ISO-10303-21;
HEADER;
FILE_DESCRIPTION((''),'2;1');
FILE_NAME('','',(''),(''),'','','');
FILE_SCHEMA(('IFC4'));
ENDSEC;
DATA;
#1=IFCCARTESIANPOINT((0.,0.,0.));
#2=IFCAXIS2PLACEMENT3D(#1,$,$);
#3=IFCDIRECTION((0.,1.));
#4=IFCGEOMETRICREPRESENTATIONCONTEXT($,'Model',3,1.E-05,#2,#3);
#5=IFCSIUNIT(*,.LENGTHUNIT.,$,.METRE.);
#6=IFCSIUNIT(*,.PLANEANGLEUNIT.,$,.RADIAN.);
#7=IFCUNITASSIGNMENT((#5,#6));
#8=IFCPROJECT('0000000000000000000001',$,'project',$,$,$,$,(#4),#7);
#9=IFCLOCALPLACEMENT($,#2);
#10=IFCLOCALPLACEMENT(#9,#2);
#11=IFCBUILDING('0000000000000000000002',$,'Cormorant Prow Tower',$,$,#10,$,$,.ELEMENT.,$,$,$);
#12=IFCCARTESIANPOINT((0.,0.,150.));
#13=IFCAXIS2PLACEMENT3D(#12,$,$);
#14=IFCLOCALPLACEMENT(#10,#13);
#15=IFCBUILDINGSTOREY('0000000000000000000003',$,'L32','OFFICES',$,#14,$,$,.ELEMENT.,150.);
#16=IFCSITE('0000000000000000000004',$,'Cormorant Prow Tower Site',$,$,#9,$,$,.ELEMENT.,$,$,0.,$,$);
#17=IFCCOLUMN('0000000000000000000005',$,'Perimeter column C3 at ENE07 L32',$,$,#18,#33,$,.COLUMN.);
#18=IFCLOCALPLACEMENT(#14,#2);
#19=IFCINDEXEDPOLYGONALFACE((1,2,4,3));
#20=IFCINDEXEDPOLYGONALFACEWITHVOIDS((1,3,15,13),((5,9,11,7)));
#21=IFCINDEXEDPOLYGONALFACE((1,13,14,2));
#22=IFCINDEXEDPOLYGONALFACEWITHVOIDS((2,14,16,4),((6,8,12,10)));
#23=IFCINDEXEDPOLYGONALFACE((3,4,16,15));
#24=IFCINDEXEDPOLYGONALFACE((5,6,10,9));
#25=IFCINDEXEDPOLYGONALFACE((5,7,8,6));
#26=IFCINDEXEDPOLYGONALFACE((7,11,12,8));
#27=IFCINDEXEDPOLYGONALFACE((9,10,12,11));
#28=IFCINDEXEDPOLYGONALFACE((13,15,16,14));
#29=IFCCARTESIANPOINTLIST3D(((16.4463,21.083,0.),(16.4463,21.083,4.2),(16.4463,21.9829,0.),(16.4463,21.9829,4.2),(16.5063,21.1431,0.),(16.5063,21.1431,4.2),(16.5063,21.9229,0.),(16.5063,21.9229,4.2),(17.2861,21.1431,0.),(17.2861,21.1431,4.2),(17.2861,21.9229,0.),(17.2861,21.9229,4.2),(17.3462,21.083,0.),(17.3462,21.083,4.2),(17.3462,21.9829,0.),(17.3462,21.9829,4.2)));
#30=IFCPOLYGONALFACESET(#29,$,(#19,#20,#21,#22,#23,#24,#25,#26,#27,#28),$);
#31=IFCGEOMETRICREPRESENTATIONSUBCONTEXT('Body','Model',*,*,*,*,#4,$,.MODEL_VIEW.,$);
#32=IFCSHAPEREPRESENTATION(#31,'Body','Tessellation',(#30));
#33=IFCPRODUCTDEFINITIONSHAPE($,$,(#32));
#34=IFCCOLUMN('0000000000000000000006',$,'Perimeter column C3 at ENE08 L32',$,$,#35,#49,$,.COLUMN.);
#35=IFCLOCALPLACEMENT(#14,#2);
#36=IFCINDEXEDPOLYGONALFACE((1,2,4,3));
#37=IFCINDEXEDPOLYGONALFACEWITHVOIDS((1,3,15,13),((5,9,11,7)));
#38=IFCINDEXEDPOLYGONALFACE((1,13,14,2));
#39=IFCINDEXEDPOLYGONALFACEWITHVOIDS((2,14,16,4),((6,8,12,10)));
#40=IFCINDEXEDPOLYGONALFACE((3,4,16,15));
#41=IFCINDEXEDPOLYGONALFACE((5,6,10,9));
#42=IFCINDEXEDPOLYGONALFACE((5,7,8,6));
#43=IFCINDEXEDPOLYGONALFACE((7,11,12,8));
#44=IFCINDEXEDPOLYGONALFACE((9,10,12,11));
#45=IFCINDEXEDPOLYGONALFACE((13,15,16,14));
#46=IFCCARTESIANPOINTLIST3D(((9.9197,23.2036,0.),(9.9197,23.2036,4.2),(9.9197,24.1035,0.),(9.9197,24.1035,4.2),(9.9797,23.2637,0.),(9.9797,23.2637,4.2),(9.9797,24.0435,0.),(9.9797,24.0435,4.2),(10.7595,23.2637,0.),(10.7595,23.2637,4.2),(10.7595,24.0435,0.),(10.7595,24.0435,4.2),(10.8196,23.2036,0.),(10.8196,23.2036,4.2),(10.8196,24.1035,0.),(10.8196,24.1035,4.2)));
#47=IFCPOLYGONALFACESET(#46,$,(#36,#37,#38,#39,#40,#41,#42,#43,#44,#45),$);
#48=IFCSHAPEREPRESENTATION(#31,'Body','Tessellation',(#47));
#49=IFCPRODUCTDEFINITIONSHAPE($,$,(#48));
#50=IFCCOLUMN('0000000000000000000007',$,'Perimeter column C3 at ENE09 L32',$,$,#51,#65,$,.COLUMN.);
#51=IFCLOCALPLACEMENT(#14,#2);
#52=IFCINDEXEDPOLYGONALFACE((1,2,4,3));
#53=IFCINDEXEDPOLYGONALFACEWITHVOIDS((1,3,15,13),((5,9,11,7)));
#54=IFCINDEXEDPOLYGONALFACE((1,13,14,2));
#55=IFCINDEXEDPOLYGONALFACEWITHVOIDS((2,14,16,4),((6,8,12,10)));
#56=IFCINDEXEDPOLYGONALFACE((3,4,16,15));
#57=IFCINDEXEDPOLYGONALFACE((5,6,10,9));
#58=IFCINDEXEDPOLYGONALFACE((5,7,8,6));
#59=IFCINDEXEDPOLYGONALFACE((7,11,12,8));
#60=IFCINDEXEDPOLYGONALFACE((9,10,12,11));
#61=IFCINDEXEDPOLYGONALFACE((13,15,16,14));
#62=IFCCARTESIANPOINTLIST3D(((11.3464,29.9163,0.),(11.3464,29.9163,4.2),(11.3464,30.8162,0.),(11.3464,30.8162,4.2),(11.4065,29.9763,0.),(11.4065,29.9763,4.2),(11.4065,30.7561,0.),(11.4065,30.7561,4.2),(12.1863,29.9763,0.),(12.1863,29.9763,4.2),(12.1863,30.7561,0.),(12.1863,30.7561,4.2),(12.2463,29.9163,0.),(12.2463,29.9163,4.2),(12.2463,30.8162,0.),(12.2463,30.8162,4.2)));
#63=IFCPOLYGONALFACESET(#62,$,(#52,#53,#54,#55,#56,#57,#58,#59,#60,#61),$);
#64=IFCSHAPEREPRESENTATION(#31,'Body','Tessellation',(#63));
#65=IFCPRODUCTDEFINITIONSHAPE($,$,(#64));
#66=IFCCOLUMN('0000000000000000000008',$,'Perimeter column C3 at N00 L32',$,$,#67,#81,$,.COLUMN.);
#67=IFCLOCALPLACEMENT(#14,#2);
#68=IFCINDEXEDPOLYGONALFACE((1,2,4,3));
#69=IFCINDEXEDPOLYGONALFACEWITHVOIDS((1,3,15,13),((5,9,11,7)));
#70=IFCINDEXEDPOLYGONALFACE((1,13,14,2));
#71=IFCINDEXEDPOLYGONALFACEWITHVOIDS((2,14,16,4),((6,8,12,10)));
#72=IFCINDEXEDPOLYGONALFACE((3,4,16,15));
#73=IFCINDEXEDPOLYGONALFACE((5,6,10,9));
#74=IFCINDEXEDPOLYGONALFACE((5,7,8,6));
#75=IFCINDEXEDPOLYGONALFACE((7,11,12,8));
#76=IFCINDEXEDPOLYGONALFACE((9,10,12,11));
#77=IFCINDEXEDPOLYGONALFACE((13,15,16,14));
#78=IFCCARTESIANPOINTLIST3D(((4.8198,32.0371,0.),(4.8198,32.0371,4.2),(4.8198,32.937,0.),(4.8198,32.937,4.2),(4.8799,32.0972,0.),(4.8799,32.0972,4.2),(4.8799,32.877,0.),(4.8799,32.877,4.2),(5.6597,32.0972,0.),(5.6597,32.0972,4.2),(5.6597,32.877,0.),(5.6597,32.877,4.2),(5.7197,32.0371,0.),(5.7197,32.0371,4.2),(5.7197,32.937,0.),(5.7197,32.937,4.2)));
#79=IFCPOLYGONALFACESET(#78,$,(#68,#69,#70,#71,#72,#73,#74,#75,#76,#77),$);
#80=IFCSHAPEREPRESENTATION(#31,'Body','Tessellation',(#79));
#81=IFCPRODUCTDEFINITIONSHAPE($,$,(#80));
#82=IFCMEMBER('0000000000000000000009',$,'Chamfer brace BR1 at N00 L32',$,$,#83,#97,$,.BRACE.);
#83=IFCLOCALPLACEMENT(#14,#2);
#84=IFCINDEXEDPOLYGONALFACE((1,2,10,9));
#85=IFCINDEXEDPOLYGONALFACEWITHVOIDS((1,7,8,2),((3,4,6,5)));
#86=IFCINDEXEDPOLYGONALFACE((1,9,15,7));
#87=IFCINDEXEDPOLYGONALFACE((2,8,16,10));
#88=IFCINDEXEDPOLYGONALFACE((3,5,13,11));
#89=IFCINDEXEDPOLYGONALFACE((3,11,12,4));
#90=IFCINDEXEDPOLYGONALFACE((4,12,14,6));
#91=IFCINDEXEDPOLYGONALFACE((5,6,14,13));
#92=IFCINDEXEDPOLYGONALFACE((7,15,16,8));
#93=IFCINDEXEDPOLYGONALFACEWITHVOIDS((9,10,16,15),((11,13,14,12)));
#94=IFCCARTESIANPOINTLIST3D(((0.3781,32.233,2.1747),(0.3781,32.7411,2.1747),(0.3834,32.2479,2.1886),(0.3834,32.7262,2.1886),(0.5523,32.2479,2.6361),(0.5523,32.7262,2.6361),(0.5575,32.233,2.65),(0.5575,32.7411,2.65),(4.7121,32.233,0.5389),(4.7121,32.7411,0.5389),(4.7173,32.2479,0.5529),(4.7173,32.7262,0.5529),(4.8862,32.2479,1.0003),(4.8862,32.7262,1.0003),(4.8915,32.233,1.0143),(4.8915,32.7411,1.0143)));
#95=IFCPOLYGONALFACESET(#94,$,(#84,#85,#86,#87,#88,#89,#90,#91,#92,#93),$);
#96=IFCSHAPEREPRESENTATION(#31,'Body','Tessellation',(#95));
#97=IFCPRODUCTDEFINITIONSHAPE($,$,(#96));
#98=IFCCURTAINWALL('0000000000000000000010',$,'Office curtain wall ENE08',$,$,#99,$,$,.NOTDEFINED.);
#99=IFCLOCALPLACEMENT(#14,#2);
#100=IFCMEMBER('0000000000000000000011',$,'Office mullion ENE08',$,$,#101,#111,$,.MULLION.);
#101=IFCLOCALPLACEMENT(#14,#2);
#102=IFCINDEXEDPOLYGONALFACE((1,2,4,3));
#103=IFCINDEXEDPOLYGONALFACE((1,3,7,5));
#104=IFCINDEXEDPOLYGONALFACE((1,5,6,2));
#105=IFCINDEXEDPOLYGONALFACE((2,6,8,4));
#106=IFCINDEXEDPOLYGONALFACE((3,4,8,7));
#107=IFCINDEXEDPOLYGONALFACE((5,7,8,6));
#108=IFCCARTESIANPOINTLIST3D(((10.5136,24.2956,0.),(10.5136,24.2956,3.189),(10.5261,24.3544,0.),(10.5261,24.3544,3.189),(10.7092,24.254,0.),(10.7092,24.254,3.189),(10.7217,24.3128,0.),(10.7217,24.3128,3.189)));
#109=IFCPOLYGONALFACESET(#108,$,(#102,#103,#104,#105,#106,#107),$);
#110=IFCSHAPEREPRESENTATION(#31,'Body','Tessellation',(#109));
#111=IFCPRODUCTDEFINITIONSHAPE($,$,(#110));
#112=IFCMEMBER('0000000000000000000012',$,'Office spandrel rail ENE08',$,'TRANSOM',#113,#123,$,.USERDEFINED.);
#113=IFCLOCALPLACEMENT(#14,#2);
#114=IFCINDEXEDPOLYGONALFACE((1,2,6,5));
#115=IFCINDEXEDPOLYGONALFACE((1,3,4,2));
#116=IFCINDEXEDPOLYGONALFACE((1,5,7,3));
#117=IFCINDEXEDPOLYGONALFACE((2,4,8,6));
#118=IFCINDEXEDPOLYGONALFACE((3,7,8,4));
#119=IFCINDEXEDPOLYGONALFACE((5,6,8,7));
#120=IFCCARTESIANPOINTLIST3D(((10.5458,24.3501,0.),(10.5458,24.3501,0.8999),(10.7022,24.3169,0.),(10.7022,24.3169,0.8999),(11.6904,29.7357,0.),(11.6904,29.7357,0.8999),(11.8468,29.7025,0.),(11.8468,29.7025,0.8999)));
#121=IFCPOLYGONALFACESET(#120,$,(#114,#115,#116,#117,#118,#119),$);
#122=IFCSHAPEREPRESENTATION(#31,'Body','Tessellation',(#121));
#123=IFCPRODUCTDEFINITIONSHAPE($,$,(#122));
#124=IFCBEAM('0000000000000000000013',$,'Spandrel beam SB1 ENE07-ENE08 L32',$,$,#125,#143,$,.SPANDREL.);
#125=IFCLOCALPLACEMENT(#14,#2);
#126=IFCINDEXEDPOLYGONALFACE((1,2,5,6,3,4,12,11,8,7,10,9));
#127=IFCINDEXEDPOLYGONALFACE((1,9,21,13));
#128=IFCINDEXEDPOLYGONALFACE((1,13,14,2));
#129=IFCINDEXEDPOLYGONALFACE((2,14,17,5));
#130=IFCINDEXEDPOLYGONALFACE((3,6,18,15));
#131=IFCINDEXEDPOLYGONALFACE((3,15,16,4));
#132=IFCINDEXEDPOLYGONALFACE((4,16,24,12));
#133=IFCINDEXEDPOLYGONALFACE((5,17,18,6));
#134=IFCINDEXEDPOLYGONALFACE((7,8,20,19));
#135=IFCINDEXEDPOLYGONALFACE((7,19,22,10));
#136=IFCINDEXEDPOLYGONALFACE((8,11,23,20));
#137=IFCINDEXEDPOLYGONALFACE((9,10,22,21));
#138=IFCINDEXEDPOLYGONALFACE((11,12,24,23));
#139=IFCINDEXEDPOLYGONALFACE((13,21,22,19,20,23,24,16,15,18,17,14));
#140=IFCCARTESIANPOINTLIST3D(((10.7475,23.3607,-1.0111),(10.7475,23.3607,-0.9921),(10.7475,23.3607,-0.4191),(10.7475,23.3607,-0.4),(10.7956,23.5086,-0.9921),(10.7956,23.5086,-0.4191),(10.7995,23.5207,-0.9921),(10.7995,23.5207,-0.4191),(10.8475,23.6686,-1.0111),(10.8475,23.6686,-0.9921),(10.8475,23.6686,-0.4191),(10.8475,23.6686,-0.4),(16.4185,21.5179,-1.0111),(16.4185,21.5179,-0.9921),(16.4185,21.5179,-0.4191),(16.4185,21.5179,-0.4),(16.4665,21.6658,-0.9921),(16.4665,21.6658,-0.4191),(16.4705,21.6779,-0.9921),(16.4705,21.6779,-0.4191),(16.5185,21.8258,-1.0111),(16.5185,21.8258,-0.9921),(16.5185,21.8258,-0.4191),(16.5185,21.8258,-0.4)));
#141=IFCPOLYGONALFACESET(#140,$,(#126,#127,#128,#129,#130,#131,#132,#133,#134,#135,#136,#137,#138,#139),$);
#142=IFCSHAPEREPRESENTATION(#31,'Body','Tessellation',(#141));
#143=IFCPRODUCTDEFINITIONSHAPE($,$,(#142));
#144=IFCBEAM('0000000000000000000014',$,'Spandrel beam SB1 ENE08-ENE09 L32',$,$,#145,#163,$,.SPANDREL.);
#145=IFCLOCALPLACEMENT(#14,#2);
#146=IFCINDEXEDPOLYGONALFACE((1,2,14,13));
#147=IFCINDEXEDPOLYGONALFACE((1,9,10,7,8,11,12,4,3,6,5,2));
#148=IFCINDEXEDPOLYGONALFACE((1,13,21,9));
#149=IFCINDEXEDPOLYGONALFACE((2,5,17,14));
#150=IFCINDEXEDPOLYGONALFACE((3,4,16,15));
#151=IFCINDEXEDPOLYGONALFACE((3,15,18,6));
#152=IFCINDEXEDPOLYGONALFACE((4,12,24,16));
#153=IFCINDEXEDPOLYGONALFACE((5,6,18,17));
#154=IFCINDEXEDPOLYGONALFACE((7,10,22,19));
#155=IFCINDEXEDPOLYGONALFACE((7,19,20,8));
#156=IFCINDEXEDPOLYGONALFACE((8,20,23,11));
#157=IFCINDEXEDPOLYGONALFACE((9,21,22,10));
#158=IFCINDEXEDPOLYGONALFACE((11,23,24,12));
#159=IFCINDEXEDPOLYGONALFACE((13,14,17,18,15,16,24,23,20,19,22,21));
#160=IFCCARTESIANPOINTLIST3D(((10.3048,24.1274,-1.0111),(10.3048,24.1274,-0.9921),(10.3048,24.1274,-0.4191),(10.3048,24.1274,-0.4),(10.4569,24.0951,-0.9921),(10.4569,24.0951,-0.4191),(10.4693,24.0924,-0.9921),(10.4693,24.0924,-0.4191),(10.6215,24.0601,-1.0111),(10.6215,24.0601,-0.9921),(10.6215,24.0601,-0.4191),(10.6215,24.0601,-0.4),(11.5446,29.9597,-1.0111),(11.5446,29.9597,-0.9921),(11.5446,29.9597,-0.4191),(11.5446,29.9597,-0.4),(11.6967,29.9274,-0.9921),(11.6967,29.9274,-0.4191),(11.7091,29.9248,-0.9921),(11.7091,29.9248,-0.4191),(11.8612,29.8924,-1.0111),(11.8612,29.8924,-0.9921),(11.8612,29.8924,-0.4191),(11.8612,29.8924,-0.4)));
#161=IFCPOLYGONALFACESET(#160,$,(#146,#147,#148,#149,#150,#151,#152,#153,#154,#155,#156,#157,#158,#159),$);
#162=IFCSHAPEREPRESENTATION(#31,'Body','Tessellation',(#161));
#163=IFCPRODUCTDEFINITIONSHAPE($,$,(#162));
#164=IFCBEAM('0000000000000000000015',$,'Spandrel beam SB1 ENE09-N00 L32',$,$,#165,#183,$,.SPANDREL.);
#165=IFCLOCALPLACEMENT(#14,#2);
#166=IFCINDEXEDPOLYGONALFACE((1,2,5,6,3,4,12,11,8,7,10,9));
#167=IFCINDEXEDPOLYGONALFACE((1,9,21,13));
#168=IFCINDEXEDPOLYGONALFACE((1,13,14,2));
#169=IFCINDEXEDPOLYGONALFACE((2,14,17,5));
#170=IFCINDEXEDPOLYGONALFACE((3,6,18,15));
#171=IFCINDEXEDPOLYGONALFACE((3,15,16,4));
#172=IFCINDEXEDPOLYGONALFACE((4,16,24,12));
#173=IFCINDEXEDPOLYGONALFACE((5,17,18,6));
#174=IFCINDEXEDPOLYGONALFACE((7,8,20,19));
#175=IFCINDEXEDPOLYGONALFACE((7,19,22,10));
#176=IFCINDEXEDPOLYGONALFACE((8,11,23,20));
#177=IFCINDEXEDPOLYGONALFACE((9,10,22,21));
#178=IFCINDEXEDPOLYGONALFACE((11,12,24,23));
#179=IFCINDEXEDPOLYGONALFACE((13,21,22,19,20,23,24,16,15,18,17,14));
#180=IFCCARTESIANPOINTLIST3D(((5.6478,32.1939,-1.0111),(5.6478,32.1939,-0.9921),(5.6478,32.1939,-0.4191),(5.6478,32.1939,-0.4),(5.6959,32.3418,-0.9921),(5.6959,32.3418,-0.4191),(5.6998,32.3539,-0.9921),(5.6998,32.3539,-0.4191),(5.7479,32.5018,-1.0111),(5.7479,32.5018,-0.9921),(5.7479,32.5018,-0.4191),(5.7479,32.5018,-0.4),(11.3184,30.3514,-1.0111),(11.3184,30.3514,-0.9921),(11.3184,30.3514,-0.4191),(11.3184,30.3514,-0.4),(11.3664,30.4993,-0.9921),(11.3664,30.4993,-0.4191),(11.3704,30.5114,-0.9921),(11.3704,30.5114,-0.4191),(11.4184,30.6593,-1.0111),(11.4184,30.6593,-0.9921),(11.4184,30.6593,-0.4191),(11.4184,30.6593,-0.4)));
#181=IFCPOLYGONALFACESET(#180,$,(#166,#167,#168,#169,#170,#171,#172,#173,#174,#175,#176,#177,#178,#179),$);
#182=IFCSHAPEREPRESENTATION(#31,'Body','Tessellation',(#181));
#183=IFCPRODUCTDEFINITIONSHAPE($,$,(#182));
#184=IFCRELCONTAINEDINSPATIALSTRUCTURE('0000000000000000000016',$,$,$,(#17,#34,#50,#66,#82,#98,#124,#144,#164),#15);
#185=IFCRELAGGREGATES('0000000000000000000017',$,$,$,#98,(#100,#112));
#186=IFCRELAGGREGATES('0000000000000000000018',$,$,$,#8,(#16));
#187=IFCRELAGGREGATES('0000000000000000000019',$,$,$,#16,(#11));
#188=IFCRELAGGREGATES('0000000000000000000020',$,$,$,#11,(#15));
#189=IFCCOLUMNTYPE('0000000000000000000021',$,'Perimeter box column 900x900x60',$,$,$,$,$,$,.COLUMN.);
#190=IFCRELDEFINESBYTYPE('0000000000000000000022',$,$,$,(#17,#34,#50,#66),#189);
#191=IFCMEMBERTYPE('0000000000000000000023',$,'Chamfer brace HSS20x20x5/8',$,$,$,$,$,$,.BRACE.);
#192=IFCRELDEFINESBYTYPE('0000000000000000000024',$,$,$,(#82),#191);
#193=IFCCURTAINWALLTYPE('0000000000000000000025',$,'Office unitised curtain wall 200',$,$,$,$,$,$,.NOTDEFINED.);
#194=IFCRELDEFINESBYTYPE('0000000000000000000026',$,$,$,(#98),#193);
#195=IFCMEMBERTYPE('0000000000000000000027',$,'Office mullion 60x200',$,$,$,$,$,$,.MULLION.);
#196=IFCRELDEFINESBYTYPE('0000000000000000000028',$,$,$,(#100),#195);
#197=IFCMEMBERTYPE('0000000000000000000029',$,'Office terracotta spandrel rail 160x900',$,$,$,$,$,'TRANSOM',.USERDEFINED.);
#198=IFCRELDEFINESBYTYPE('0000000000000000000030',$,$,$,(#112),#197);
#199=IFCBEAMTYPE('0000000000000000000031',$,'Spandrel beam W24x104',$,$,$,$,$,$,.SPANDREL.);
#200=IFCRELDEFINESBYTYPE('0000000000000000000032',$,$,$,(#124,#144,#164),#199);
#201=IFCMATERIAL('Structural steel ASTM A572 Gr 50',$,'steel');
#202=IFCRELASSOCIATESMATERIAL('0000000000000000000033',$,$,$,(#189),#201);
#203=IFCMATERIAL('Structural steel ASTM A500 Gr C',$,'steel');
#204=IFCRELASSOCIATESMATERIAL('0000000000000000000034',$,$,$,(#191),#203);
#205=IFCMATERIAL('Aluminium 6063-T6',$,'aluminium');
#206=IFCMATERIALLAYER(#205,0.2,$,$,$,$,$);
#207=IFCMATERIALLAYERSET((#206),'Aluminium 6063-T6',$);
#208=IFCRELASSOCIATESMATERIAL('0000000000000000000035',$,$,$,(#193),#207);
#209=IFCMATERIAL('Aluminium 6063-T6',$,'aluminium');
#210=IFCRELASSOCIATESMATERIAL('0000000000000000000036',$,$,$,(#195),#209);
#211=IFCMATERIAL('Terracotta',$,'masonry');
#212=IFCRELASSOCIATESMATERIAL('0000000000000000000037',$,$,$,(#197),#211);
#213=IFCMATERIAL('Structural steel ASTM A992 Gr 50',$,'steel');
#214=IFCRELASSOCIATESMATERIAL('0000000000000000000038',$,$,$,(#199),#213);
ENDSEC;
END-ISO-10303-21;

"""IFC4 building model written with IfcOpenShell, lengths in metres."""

from ifc_helpers import new_model, si_unit, direction, frame, origin, origin_2d, place, context, subcontext, project, spatial, rectangle, hollow_rectangle, i_section, extrude, material, layer, layer_set, material_profile, profile_set, type_object, element, aggregate, save


model = new_model("IFC4")

# Units and contexts
model_context = context("Model", 3, precision=1e-05, world=origin(), true_north=direction((0.0, 1.0)))
body_context = subcontext(model_context, "Body", "Model", "MODEL_VIEW")
ifc_project = project(units=[si_unit("LENGTHUNIT", "METRE"), si_unit("PLANEANGLEUNIT", "RADIAN")], contexts=[model_context])

# Site, building, storey
site_placement = place(None, origin())
site = spatial("IfcSite", under=ifc_project, at=site_placement, Name="Cormorant Prow Tower Site", CompositionType="ELEMENT", RefElevation=0.0)
building_placement = place(site_placement, origin())
building = spatial("IfcBuilding", under=site, at=building_placement, Name="Cormorant Prow Tower", CompositionType="ELEMENT")
storey_placement = place(building_placement, frame((0.0, 0.0, 150.0)))
storey = spatial("IfcBuildingStorey", under=building, at=storey_placement, Name="L32", Description="OFFICES", CompositionType="ELEMENT", Elevation=150.0)

# Columns
ifc_material_1 = material(Name="Structural steel ASTM A572 Gr 50", Category="steel")
ifc_material_profile_1 = material_profile(ifc_material_1, hollow_rectangle(XDim=0.8999, YDim=0.8999, WallThickness=0.0601, at=origin_2d()), Name="Box 900x900x60")
ifc_profile_set_1 = profile_set([ifc_material_profile_1], Name="Structural steel ASTM A572 Gr 50")
column_type = type_object("IfcColumnType", Name="Perimeter box column 900x900x60", PredefinedType="COLUMN", material=ifc_profile_set_1)
for number, where, z_axis, x_axis, name in (
    (1, (16.8962, 21.533, 0.0), (0.0, 0.0, 1.0), (1.0, 0.0, 0.0), "Perimeter column C3 at ENE07 L32"),
    (2, (10.3696, 23.6536, 0.0), (0.0, 0.0, 1.0), (1.0, 0.0, 0.0), "Perimeter column C3 at ENE08 L32"),
    (3, (11.7964, 30.3662, 0.0), (0.0, 0.0, 1.0), (1.0, 0.0, 0.0), "Perimeter column C3 at ENE09 L32"),
    (4, (5.2698, 32.4871, 0.0), (0.0, 0.0, 1.0), (1.0, 0.0, 0.0), "Perimeter column C3 at N00 L32"),
):
    element("IfcColumn", number, at=place(storey_placement, frame(where, z_axis=z_axis, x_axis=x_axis)), inside=storey, type_object=column_type, Name=name, PredefinedType="COLUMN", context=body_context, shape_type="SweptSolid", body=[
        extrude(hollow_rectangle(XDim=0.8999, YDim=0.8999, WallThickness=0.0601, at=origin_2d()), origin(), (0.0, 0.0, 1.0), 4.2),
    ])

# Member
ifc_material_2 = material(Name="Structural steel ASTM A500 Gr C", Category="steel")
ifc_material_profile_2 = material_profile(ifc_material_2, hollow_rectangle(XDim=0.5081, YDim=0.5081, WallThickness=0.0149, at=origin_2d()), Name="HSS20x20x5/8")
ifc_profile_set_2 = profile_set([ifc_material_profile_2], Name="Structural steel ASTM A500 Gr C")
member_type_1 = type_object("IfcMemberType", Name="Chamfer brace HSS20x20x5/8", PredefinedType="BRACE", material=ifc_profile_set_2)
member_1_placement = place(storey_placement, frame((4.8018, 32.4871, 0.7766), z_axis=(-0.935582, 0.0, 0.353109), x_axis=(0.0, -1.0, 0.0)))
element("IfcMember", 5, at=member_1_placement, inside=storey, type_object=member_type_1, Name="Chamfer brace BR1 at N00 L32", PredefinedType="BRACE", context=body_context, shape_type="SweptSolid", body=[
    extrude(hollow_rectangle(XDim=0.5081, YDim=0.5081, WallThickness=0.0149, at=origin_2d()), origin(), (0.0, 0.0, 1.0), 4.6323),
])

# Curtain wall, members
ifc_material_3 = material(Name="Aluminium 6063-T6", Category="aluminium")
ifc_layer_1 = layer(ifc_material_3, 0.2)
ifc_layer_set_1 = layer_set([ifc_layer_1], Name="Aluminium 6063-T6")
curtain_wall_type = type_object("IfcCurtainWallType", Name="Office unitised curtain wall 200", PredefinedType="NOTDEFINED", material=ifc_layer_set_1)
curtain_wall_placement = place(storey_placement, origin())
curtain_wall = element("IfcCurtainWall", 6, at=curtain_wall_placement, inside=storey, type_object=curtain_wall_type, Name="Office curtain wall ENE08", PredefinedType="NOTDEFINED")
ifc_material_4 = material(Name="Aluminium 6063-T6", Category="aluminium")
ifc_material_profile_3 = material_profile(ifc_material_4, rectangle(XDim=0.2, YDim=0.0601, at=origin_2d()), Name="Office mullion 60x200")
ifc_profile_set_3 = profile_set([ifc_material_profile_3], Name="Aluminium 6063-T6")
member_type_2 = type_object("IfcMemberType", Name="Office mullion 60x200", PredefinedType="MULLION", material=ifc_profile_set_3)
member_2_placement = place(storey_placement, frame((10.6177, 24.3042, 0.0), z_axis=(0.0, 0.0, 1.0), x_axis=(-0.978148, 0.207912, 0.0)))
member_2 = element("IfcMember", 7, at=member_2_placement, type_object=member_type_2, Name="Office mullion ENE08", PredefinedType="MULLION", context=body_context, shape_type="SweptSolid", body=[
    extrude(rectangle(XDim=0.2, YDim=0.0601, at=origin_2d()), origin(), (0.0, 0.0, 1.0), 3.189),
])
ifc_material_5 = material(Name="Terracotta", Category="masonry")
ifc_material_profile_4 = material_profile(ifc_material_5, rectangle(XDim=0.1599, YDim=0.8999, at=origin_2d()), Name="Office terracotta spandrel rail 160x900")
ifc_profile_set_4 = profile_set([ifc_material_profile_4], Name="Terracotta")
member_type_3 = type_object("IfcMemberType", Name="Office terracotta spandrel rail 160x900", ElementType="TRANSOM", PredefinedType="USERDEFINED", material=ifc_profile_set_4)
member_3_placement = place(storey_placement, frame((10.624, 24.3335, 0.45), z_axis=(0.207878, 0.978155, 0.0), x_axis=(-0.978155, 0.207878, 0.0)))
member_3 = element("IfcMember", 8, at=member_3_placement, type_object=member_type_3, Name="Office spandrel rail ENE08", ObjectType="TRANSOM", PredefinedType="USERDEFINED", context=body_context, shape_type="SweptSolid", body=[
    extrude(rectangle(XDim=0.1599, YDim=0.8999, at=origin_2d()), origin(), (0.0, 0.0, 1.0), 5.5059),
])

# Beams
ifc_material_6 = material(Name="Structural steel ASTM A992 Gr 50", Category="steel")
ifc_material_profile_5 = material_profile(ifc_material_6, i_section(OverallWidth=0.3237, OverallDepth=0.6111, WebThickness=0.0127, FlangeThickness=0.019, at=origin_2d()), Name="W24x104")
ifc_profile_set_5 = profile_set([ifc_material_profile_5], Name="Structural steel ASTM A992 Gr 50")
beam_type = type_object("IfcBeamType", Name="Spandrel beam W24x104", PredefinedType="SPANDREL", material=ifc_profile_set_5)
beam_1_placement = place(storey_placement, frame((16.4685, 21.6719, -0.7056), z_axis=(-0.951047, 0.309045, 0.0), x_axis=(-0.309045, -0.951047, 0.0)))
element("IfcBeam", 9, at=beam_1_placement, inside=storey, type_object=beam_type, Name="Spandrel beam SB1 ENE07-ENE08 L32", PredefinedType="SPANDREL", context=body_context, shape_type="SweptSolid", body=[
    extrude(i_section(OverallWidth=0.3237, OverallDepth=0.6111, WebThickness=0.0127, FlangeThickness=0.019, at=origin_2d()), origin(), (0.0, 0.0, 1.0), 5.9629),
])
beam_2_placement = place(storey_placement, frame((10.4631, 24.0938, -0.7056), z_axis=(0.207921, 0.978146, 0.0), x_axis=(-0.978146, 0.207921, 0.0)))
element("IfcBeam", 10, at=beam_2_placement, inside=storey, type_object=beam_type, Name="Spandrel beam SB1 ENE08-ENE09 L32", PredefinedType="SPANDREL", context=body_context, shape_type="SweptSolid", body=[
    extrude(i_section(OverallWidth=0.3237, OverallDepth=0.6111, WebThickness=0.0127, FlangeThickness=0.019, at=origin_2d()), origin(), (0.0, 0.0, 1.0), 5.9626),
])
beam_3_placement = place(storey_placement, frame((11.3684, 30.5054, -0.7056), z_axis=(-0.951055, 0.30902, 0.0), x_axis=(-0.30902, -0.951055, 0.0)))
element("IfcBeam", 11, at=beam_3_placement, inside=storey, type_object=beam_type, Name="Spandrel beam SB1 ENE09-N00 L32", PredefinedType="SPANDREL", context=body_context, shape_type="SweptSolid", body=[
    extrude(i_section(OverallWidth=0.3237, OverallDepth=0.6111, WebThickness=0.0127, FlangeThickness=0.019, at=origin_2d()), origin(), (0.0, 0.0, 1.0), 5.9624),
])

aggregate(curtain_wall, [member_2, member_3])

save(model, "model.ifc")
